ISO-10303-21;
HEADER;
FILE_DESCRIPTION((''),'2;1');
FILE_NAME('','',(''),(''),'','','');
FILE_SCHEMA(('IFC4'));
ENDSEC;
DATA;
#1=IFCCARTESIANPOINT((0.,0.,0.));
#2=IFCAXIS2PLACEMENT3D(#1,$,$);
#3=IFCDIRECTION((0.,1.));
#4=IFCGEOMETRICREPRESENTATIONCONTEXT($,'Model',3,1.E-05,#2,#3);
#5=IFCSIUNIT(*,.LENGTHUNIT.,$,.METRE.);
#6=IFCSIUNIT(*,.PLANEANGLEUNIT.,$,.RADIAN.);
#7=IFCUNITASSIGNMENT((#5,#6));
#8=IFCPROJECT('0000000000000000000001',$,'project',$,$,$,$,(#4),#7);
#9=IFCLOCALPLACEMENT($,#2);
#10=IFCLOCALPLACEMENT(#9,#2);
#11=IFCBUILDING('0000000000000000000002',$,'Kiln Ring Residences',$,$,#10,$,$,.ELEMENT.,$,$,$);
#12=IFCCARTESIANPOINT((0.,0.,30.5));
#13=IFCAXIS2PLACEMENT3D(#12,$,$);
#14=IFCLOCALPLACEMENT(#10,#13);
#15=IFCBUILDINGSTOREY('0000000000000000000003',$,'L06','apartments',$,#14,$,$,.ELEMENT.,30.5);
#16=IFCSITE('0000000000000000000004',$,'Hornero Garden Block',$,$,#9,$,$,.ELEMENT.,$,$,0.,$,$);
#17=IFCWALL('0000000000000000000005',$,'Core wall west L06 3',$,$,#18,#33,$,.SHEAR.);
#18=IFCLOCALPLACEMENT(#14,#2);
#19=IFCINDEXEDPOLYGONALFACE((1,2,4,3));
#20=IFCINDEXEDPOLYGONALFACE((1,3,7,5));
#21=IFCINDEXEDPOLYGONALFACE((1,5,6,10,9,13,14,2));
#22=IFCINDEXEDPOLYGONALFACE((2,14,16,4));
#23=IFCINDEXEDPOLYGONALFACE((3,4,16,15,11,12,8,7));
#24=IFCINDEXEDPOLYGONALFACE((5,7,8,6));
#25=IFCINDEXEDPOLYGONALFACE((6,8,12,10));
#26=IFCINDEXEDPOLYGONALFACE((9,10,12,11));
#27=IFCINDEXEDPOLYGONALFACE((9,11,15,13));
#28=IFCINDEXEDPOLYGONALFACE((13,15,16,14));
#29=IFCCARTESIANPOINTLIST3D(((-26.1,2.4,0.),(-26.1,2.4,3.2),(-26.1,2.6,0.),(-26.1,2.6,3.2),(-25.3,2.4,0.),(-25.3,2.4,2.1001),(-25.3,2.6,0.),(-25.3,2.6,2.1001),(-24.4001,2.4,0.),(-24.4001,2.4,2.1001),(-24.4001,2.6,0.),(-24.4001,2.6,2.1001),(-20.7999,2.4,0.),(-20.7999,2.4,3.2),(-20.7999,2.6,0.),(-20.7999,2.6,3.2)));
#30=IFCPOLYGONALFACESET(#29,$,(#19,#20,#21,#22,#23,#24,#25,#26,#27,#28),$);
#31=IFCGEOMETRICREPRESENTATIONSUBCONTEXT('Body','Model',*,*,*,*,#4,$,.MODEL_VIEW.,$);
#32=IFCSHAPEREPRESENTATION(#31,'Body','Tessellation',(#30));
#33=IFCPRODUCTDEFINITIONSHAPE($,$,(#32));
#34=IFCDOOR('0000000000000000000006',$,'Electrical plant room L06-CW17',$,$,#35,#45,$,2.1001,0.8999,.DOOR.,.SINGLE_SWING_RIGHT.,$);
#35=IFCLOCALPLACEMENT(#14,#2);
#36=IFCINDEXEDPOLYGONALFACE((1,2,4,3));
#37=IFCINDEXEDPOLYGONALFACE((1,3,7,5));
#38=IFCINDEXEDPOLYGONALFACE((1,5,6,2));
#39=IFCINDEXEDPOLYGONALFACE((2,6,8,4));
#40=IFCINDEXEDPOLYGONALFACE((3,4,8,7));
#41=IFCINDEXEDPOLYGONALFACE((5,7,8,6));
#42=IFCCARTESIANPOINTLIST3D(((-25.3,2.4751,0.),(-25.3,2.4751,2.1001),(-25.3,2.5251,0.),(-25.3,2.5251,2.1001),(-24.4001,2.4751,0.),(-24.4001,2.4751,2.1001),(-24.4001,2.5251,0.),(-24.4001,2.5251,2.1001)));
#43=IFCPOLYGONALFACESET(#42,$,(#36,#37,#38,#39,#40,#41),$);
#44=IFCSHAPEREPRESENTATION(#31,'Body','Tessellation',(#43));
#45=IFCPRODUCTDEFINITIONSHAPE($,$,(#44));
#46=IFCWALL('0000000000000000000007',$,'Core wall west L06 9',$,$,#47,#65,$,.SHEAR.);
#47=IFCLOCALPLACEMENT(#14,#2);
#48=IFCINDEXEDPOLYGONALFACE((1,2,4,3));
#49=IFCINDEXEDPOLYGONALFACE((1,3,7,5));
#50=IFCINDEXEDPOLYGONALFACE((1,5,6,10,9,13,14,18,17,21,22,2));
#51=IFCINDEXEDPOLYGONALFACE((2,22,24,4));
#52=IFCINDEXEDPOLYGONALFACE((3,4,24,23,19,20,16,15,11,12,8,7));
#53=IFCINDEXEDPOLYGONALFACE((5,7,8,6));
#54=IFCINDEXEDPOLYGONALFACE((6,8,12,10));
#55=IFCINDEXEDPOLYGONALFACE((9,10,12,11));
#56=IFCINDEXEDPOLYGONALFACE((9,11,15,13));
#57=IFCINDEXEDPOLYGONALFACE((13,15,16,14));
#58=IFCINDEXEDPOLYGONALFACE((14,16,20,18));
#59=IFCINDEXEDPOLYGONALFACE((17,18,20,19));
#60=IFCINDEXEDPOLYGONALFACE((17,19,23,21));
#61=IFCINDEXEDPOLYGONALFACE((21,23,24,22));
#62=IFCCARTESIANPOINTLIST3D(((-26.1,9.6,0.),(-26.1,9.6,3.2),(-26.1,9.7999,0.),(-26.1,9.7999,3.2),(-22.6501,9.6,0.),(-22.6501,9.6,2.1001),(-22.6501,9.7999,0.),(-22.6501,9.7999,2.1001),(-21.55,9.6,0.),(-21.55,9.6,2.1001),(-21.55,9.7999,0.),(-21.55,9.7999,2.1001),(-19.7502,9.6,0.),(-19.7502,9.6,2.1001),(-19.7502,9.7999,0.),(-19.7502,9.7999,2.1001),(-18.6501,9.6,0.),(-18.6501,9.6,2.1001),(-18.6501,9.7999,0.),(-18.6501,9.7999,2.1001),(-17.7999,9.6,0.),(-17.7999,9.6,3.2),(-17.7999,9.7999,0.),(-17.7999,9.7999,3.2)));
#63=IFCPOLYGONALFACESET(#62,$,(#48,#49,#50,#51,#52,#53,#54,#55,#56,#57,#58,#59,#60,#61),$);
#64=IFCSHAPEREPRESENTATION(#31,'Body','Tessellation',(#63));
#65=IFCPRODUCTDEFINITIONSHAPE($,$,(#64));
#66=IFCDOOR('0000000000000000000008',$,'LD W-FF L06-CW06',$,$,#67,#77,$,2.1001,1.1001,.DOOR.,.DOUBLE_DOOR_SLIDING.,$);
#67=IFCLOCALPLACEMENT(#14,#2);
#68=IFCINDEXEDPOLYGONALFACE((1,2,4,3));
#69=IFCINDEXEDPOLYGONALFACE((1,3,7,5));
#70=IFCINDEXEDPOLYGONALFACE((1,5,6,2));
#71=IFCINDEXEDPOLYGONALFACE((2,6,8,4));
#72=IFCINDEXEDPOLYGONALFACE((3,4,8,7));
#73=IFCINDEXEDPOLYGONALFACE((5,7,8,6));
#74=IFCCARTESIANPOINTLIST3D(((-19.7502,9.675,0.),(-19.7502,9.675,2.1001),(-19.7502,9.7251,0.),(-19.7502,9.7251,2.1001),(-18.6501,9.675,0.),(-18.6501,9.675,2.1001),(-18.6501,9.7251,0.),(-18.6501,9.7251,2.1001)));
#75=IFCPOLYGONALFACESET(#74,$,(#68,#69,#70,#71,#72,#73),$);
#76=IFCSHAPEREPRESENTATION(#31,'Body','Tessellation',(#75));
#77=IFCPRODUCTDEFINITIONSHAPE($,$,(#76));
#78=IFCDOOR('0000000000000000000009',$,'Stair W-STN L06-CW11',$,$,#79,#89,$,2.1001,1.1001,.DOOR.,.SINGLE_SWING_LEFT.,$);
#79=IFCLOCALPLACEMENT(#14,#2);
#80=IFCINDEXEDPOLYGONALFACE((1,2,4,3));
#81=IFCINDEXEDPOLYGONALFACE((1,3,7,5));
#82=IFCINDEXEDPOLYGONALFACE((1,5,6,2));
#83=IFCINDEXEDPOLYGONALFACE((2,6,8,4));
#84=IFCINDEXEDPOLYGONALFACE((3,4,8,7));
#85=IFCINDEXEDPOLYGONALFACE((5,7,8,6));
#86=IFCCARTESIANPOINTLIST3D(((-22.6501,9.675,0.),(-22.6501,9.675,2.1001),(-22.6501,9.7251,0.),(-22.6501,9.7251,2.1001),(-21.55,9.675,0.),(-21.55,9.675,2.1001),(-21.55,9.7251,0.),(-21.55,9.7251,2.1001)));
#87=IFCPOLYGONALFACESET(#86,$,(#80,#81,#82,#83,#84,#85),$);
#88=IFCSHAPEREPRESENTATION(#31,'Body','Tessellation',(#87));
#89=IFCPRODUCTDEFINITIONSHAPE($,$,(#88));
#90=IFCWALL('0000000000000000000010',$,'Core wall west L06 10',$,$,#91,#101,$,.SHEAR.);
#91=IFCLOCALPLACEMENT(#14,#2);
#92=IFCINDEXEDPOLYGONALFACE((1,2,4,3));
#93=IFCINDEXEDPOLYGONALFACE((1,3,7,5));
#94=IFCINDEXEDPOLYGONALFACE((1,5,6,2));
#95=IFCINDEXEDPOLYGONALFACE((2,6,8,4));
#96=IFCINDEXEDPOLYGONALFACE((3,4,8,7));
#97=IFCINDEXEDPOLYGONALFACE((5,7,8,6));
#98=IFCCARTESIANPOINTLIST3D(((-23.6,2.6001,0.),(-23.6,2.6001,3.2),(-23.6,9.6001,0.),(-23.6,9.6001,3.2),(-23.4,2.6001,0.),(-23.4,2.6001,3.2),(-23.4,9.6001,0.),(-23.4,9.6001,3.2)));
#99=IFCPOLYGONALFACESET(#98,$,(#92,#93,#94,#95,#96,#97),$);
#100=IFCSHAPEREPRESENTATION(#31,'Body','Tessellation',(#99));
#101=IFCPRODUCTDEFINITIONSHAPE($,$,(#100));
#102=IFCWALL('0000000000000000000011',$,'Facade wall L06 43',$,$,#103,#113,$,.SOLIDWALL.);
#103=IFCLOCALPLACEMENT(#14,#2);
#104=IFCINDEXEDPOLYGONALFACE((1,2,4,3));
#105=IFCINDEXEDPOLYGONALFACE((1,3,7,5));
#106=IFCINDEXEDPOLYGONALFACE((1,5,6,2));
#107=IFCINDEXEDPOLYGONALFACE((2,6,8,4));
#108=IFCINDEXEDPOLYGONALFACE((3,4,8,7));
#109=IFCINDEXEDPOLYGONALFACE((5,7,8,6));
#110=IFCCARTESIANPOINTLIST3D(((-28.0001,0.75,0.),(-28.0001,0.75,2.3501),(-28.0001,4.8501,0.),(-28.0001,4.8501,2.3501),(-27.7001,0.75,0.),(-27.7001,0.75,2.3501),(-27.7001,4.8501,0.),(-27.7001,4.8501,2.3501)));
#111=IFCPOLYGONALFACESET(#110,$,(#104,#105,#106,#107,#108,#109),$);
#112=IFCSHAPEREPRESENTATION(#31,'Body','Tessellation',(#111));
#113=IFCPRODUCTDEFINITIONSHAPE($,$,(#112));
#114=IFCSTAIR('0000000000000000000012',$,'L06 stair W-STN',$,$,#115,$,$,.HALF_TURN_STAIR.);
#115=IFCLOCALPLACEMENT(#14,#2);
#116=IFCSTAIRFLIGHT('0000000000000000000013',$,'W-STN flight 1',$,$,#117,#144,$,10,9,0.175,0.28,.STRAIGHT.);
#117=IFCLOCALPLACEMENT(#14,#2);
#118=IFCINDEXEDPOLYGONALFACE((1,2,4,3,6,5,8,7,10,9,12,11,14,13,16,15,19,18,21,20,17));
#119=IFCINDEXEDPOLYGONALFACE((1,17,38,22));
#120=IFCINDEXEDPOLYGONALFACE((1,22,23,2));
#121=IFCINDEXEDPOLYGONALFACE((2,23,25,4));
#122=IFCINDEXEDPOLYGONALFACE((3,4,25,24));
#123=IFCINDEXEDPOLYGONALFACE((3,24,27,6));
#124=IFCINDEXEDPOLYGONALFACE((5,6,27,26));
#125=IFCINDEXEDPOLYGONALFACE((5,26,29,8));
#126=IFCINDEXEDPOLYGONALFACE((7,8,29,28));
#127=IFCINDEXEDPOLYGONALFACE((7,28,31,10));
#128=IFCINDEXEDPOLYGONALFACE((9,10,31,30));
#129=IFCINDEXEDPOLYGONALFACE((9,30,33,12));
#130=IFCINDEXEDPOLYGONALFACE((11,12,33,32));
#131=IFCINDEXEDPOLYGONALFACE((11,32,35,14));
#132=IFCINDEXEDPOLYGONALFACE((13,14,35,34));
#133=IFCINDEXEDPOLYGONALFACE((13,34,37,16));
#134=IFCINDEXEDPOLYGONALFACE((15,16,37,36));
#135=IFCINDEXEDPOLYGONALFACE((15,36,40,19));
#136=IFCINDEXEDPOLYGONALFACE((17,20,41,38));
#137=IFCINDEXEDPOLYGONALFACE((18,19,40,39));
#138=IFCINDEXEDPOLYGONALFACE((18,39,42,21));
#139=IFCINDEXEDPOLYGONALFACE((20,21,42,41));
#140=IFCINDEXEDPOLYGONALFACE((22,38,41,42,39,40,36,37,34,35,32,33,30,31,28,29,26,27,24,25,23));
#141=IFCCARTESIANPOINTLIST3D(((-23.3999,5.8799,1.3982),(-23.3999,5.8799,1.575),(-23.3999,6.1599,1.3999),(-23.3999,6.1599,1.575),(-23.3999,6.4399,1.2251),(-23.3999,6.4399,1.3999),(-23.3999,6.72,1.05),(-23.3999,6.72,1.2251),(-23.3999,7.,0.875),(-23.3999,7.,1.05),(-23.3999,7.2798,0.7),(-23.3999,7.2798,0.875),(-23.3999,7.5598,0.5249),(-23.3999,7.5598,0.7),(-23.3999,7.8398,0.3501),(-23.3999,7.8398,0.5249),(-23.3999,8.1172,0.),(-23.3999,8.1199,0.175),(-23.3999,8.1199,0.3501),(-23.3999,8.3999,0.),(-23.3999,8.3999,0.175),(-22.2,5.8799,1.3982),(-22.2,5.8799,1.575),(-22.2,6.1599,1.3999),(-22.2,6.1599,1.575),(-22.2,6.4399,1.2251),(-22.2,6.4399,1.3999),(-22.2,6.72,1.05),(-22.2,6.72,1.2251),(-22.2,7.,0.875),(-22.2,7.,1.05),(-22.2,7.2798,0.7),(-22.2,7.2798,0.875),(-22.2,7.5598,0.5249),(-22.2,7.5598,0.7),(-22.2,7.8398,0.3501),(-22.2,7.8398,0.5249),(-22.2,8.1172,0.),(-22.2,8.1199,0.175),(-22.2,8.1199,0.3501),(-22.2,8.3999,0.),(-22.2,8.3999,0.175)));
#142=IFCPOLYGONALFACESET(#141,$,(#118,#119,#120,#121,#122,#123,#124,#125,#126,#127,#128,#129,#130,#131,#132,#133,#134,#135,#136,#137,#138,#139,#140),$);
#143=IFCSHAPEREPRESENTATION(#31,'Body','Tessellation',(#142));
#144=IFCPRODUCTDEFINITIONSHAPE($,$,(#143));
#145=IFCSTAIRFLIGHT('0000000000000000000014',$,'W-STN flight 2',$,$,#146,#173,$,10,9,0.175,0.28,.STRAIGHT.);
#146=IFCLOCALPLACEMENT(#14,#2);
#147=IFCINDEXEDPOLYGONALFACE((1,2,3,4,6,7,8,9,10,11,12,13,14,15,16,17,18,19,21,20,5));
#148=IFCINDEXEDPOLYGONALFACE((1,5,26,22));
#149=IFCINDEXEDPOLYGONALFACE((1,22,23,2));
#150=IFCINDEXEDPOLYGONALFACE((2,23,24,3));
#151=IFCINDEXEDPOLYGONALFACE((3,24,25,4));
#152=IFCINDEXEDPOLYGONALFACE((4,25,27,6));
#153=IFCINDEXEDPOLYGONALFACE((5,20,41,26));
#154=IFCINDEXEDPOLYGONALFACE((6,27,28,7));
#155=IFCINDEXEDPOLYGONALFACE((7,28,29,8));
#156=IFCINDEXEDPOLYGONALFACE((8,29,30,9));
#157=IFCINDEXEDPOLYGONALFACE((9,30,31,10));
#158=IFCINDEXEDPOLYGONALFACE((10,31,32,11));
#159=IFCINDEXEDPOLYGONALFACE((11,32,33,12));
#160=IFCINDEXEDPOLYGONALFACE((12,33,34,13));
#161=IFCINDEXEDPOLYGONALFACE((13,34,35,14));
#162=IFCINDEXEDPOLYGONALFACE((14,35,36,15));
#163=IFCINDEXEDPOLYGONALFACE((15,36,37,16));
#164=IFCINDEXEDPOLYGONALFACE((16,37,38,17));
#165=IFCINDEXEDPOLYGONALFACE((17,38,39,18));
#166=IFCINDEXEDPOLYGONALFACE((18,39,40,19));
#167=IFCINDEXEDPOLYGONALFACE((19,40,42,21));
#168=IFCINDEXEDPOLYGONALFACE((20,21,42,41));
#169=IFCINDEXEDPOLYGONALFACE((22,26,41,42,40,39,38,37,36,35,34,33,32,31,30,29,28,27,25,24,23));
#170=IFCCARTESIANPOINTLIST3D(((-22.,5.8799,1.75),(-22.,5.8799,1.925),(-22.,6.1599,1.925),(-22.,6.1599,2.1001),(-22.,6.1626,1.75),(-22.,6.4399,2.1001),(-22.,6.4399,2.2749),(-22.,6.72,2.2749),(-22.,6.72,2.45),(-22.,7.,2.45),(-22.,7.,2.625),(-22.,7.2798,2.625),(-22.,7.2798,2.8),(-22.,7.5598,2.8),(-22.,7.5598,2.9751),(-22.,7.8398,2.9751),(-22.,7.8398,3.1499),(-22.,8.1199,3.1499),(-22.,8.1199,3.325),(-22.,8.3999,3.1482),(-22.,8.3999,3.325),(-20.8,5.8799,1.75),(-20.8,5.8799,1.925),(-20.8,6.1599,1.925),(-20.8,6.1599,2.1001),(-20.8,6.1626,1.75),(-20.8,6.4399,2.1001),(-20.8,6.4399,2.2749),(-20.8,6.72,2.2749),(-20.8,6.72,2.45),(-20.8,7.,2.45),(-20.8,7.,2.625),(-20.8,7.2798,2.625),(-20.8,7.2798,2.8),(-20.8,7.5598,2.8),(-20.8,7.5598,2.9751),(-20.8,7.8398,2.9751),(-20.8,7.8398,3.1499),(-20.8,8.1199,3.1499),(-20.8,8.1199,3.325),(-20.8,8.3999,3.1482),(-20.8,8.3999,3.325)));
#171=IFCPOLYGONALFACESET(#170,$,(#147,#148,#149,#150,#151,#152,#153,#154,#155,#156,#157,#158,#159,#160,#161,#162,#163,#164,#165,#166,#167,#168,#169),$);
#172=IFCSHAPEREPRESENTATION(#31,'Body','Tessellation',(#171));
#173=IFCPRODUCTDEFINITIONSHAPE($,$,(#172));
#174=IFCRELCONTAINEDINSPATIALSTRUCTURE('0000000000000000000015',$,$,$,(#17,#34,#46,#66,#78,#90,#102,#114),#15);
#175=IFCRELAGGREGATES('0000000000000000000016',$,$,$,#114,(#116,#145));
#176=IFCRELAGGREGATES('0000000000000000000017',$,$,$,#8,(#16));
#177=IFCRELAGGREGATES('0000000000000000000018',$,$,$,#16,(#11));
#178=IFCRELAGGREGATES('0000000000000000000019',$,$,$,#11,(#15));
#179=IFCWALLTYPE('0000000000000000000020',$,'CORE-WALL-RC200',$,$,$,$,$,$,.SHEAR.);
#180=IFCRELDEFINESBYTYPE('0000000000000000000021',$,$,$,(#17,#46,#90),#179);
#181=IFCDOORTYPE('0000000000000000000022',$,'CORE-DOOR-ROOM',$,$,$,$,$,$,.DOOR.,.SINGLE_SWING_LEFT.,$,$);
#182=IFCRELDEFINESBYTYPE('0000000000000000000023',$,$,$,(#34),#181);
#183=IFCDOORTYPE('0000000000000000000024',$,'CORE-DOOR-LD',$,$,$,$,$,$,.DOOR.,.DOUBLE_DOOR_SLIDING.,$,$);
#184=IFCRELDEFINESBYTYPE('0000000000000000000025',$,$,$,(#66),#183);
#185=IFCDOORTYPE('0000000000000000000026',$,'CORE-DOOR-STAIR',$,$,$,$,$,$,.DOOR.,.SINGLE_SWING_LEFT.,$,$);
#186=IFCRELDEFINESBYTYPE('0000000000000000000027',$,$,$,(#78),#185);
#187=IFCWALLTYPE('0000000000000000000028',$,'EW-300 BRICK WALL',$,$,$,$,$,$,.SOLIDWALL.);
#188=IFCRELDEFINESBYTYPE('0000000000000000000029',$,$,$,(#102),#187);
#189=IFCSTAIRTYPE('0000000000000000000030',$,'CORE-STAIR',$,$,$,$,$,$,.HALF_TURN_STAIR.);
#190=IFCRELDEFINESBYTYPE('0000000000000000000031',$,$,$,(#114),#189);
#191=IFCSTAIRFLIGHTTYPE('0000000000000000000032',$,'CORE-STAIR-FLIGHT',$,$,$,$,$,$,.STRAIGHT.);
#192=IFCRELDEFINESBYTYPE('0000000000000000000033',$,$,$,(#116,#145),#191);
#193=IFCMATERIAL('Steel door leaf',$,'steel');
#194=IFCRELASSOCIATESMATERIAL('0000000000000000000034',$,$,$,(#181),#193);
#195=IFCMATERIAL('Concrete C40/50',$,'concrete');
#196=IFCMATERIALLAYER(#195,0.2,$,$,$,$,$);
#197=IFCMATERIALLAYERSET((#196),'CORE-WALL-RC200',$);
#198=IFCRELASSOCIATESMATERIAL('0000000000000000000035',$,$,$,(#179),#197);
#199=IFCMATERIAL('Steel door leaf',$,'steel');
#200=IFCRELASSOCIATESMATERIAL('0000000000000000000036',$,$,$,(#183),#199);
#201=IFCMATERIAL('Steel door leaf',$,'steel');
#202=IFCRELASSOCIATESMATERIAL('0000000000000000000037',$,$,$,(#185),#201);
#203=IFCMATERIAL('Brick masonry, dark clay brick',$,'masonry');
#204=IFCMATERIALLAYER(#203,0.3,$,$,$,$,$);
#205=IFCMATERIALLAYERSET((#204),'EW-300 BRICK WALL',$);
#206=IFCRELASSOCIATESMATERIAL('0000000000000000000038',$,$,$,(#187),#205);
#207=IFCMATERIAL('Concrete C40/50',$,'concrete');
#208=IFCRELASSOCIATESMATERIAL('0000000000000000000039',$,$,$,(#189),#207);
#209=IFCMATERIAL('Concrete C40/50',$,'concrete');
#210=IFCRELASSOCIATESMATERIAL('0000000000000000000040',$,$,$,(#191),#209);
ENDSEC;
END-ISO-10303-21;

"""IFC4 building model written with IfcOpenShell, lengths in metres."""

from ifc_helpers import new_model, si_unit, direction, frame, frame_2d, origin, place, context, subcontext, project, spatial, polyline, rectangle, outline, extrude, material, layer, layer_set, type_object, element, fill, aggregate, save


model = new_model("IFC4")

# Units and contexts
model_context = context("Model", 3, precision=1e-05, world=origin(), true_north=direction((0.0, 1.0)))
body_context = subcontext(model_context, "Body", "Model", "MODEL_VIEW")
ifc_project = project(units=[si_unit("LENGTHUNIT", "METRE"), si_unit("PLANEANGLEUNIT", "RADIAN")], contexts=[model_context])

# Site, building, storey
site_placement = place(None, origin())
site = spatial("IfcSite", under=ifc_project, at=site_placement, Name="Hornero Garden Block", CompositionType="ELEMENT", RefElevation=0.0)
building_placement = place(site_placement, origin())
building = spatial("IfcBuilding", under=site, at=building_placement, Name="Kiln Ring Residences", CompositionType="ELEMENT")
storey_placement = place(building_placement, frame((0.0, 0.0, 30.5)))
storey = spatial("IfcBuildingStorey", under=building, at=storey_placement, Name="L06", Description="apartments", CompositionType="ELEMENT", Elevation=30.5)

# Shared definitions
ifc_material_1 = material(Name="Steel door leaf", Category="steel")
door_type_1 = type_object("IfcDoorType", Name="CORE-DOOR-ROOM", OperationType="SINGLE_SWING_LEFT", PredefinedType="DOOR", material=ifc_material_1)

# Shared definitions
ifc_material_2 = material(Name="Concrete C40/50", Category="concrete")
ifc_layer_1 = layer(ifc_material_2, 0.2)
ifc_layer_set_1 = layer_set([ifc_layer_1], Name="CORE-WALL-RC200")
wall_type_1 = type_object("IfcWallType", Name="CORE-WALL-RC200", PredefinedType="SHEAR", material=ifc_layer_set_1)

# Wall, opening, door
wall_1_placement = place(storey_placement, frame((-20.8, 2.5, 0.0), z_axis=(0.0, 0.0, 1.0), x_axis=(-1.0, 0.0, 0.0)))
wall_1 = element("IfcWall", 1, at=wall_1_placement, inside=storey, type_object=wall_type_1, Name="Core wall west L06 3", PredefinedType="SHEAR", context=body_context, shape_type="SweptSolid", body=[
    extrude(rectangle(XDim=5.3, YDim=0.2, at=frame_2d((2.6499, 0.0))), origin(), (0.0, 0.0, 1.0), 3.2),
])
opening_1_placement = place(wall_1_placement, frame((3.6001, 0.0, 0.0)))
opening_1 = element("IfcOpeningElement", 2, at=opening_1_placement, cuts=wall_1, PredefinedType="OPENING", context=body_context, shape_type="SweptSolid", body=[
    extrude(rectangle(XDim=0.8999, YDim=2.1001, at=frame_2d((0.45, 1.05))), frame((0.0, 0.1099, 0.0), z_axis=(0.0, -1.0, 0.0), x_axis=(1.0, 0.0, 0.0)), (0.0, 0.0, 1.0), 0.22),
])
door_1_placement = place(opening_1_placement, origin())
door_1 = element("IfcDoor", 3, at=door_1_placement, inside=storey, type_object=door_type_1, Name="Electrical plant room L06-CW17", OperationType="SINGLE_SWING_RIGHT", OverallHeight=2.1001, OverallWidth=0.8999, PredefinedType="DOOR", context=body_context, shape_type="SweptSolid", body=[
    extrude(rectangle(XDim=0.8999, YDim=2.1001, at=frame_2d((0.45, 1.05))), frame((0.0, 0.0249, 0.0), z_axis=(0.0, -1.0, 0.0), x_axis=(1.0, 0.0, 0.0)), (0.0, 0.0, 1.0), 0.05),
])
fill(opening_1, door_1)

# Wall, openings, doors
wall_2_placement = place(storey_placement, frame((-17.8, 9.7, 0.0), z_axis=(0.0, 0.0, 1.0), x_axis=(-1.0, 0.0, 0.0)))
wall_2 = element("IfcWall", 4, at=wall_2_placement, inside=storey, type_object=wall_type_1, Name="Core wall west L06 9", PredefinedType="SHEAR", context=body_context, shape_type="SweptSolid", body=[
    extrude(rectangle(XDim=8.3, YDim=0.2, at=frame_2d((4.1499, 0.0))), origin(), (0.0, 0.0, 1.0), 3.2),
])
opening_2_placement = place(wall_2_placement, frame((0.8501, 0.0, 0.0)))
opening_2 = element("IfcOpeningElement", 5, at=opening_2_placement, cuts=wall_2, PredefinedType="OPENING", context=body_context, shape_type="SweptSolid", body=[
    extrude(rectangle(XDim=1.1001, YDim=2.1001, at=frame_2d((0.55, 1.05))), frame((0.0, 0.1099, 0.0), z_axis=(0.0, -1.0, 0.0), x_axis=(1.0, 0.0, 0.0)), (0.0, 0.0, 1.0), 0.22),
])
opening_3_placement = place(wall_2_placement, frame((3.75, 0.0, 0.0)))
opening_3 = element("IfcOpeningElement", 6, at=opening_3_placement, cuts=wall_2, PredefinedType="OPENING", context=body_context, shape_type="SweptSolid", body=[
    extrude(rectangle(XDim=1.1001, YDim=2.1001, at=frame_2d((0.55, 1.05))), frame((0.0, 0.1099, 0.0), z_axis=(0.0, -1.0, 0.0), x_axis=(1.0, 0.0, 0.0)), (0.0, 0.0, 1.0), 0.22),
])
ifc_material_3 = material(Name="Steel door leaf", Category="steel")
door_type_2 = type_object("IfcDoorType", Name="CORE-DOOR-LD", OperationType="DOUBLE_DOOR_SLIDING", PredefinedType="DOOR", material=ifc_material_3)
door_2_placement = place(opening_2_placement, origin())
door_2 = element("IfcDoor", 7, at=door_2_placement, inside=storey, type_object=door_type_2, Name="LD W-FF L06-CW06", OperationType="DOUBLE_DOOR_SLIDING", OverallHeight=2.1001, OverallWidth=1.1001, PredefinedType="DOOR", context=body_context, shape_type="SweptSolid", body=[
    extrude(rectangle(XDim=1.1001, YDim=2.1001, at=frame_2d((0.55, 1.05))), frame((0.0, 0.0249, 0.0), z_axis=(0.0, -1.0, 0.0), x_axis=(1.0, 0.0, 0.0)), (0.0, 0.0, 1.0), 0.05),
])
fill(opening_2, door_2)
ifc_material_4 = material(Name="Steel door leaf", Category="steel")
door_type_3 = type_object("IfcDoorType", Name="CORE-DOOR-STAIR", OperationType="SINGLE_SWING_LEFT", PredefinedType="DOOR", material=ifc_material_4)
door_3_placement = place(opening_3_placement, origin())
door_3 = element("IfcDoor", 8, at=door_3_placement, inside=storey, type_object=door_type_3, Name="Stair W-STN L06-CW11", OperationType="SINGLE_SWING_LEFT", OverallHeight=2.1001, OverallWidth=1.1001, PredefinedType="DOOR", context=body_context, shape_type="SweptSolid", body=[
    extrude(rectangle(XDim=1.1001, YDim=2.1001, at=frame_2d((0.55, 1.05))), frame((0.0, 0.0249, 0.0), z_axis=(0.0, -1.0, 0.0), x_axis=(1.0, 0.0, 0.0)), (0.0, 0.0, 1.0), 0.05),
])
fill(opening_3, door_3)

# Walls
wall_3_placement = place(storey_placement, frame((-23.5, 2.6001, 0.0), z_axis=(0.0, 0.0, 1.0), x_axis=(0.0, 1.0, 0.0)))
element("IfcWall", 9, at=wall_3_placement, inside=storey, type_object=wall_type_1, Name="Core wall west L06 10", PredefinedType="SHEAR", context=body_context, shape_type="SweptSolid", body=[
    extrude(rectangle(XDim=7.0, YDim=0.2, at=frame_2d((3.5, 0.0))), origin(), (0.0, 0.0, 1.0), 3.2),
])
ifc_material_5 = material(Name="Brick masonry, dark clay brick", Category="masonry")
ifc_layer_2 = layer(ifc_material_5, 0.3)
ifc_layer_set_2 = layer_set([ifc_layer_2], Name="EW-300 BRICK WALL")
wall_type_2 = type_object("IfcWallType", Name="EW-300 BRICK WALL", PredefinedType="SOLIDWALL", material=ifc_layer_set_2)
wall_4_placement = place(storey_placement, frame((-27.8501, 4.8501, 0.0), z_axis=(0.0, 0.0, 1.0), x_axis=(0.0, -1.0, 0.0)))
element("IfcWall", 10, at=wall_4_placement, inside=storey, type_object=wall_type_2, Name="Facade wall L06 43", PredefinedType="SOLIDWALL", context=body_context, shape_type="SweptSolid", body=[
    extrude(rectangle(XDim=4.1001, YDim=0.3, at=frame_2d((2.05, 0.0))), origin(), (0.0, 0.0, 1.0), 2.3501),
])

# Stair, stair flights
ifc_material_6 = material(Name="Concrete C40/50", Category="concrete")
stair_type = type_object("IfcStairType", Name="CORE-STAIR", PredefinedType="HALF_TURN_STAIR", material=ifc_material_6)
stair_placement = place(storey_placement, origin())
stair = element("IfcStair", 11, at=stair_placement, inside=storey, type_object=stair_type, Name="L06 stair W-STN", PredefinedType="HALF_TURN_STAIR")
ifc_material_7 = material(Name="Concrete C40/50", Category="concrete")
stair_flight_type = type_object("IfcStairFlightType", Name="CORE-STAIR-FLIGHT", PredefinedType="STRAIGHT", material=ifc_material_7)
stair_flight_1_placement = place(storey_placement, frame((-22.8, 8.3999, 0.0), z_axis=(0.0, 0.0, 1.0), x_axis=(0.0, -1.0, 0.0)))
stair_flight_1 = element("IfcStairFlight", 12, at=stair_flight_1_placement, type_object=stair_flight_type, Name="W-STN flight 1", NumberOfRisers=10, NumberOfTreads=9, PredefinedType="STRAIGHT", RiserHeight=0.175, TreadLength=0.28, context=body_context, shape_type="SweptSolid", body=[
    extrude(outline(polyline([(0.0, 0.0), (0.0, 0.175), (0.28, 0.175), (0.28, 0.3501), (0.5601, 0.3501), (0.5601, 0.5249), (0.8401, 0.5249), (0.8401, 0.7), (1.1201, 0.7), (1.1201, 0.875), (1.3999, 0.875), (1.3999, 1.05), (1.6799, 1.05), (1.6799, 1.2251), (1.96, 1.2251), (1.96, 1.3999), (2.24, 1.3999), (2.24, 1.575), (2.52, 1.575), (2.52, 1.75), (2.52, 1.3982), (0.2827, 0.0), (0.0, 0.0)])), frame((0.0, 0.6001, 0.0), z_axis=(0.0, -1.0, 0.0), x_axis=(1.0, 0.0, 0.0)), (0.0, 0.0, 1.0), 1.2),
])
stair_flight_2_placement = place(storey_placement, frame((-21.3999, 5.8799, 1.75), z_axis=(0.0, 0.0, 1.0), x_axis=(0.0, 1.0, 0.0)))
stair_flight_2 = element("IfcStairFlight", 13, at=stair_flight_2_placement, type_object=stair_flight_type, Name="W-STN flight 2", NumberOfRisers=10, NumberOfTreads=9, PredefinedType="STRAIGHT", RiserHeight=0.175, TreadLength=0.28, context=body_context, shape_type="SweptSolid", body=[
    extrude(outline(polyline([(0.0, 0.0), (0.0, 0.175), (0.28, 0.175), (0.28, 0.3501), (0.5601, 0.3501), (0.5601, 0.5249), (0.8401, 0.5249), (0.8401, 0.7), (1.1201, 0.7), (1.1201, 0.875), (1.3999, 0.875), (1.3999, 1.05), (1.6799, 1.05), (1.6799, 1.2251), (1.96, 1.2251), (1.96, 1.3999), (2.24, 1.3999), (2.24, 1.575), (2.52, 1.575), (2.52, 1.75), (2.52, 1.3982), (0.2827, 0.0), (0.0, 0.0)])), frame((0.0, 0.6001, 0.0), z_axis=(0.0, -1.0, 0.0), x_axis=(1.0, 0.0, 0.0)), (0.0, 0.0, 1.0), 1.2),
])
aggregate(stair, [stair_flight_1, stair_flight_2])

save(model, "model.ifc")
